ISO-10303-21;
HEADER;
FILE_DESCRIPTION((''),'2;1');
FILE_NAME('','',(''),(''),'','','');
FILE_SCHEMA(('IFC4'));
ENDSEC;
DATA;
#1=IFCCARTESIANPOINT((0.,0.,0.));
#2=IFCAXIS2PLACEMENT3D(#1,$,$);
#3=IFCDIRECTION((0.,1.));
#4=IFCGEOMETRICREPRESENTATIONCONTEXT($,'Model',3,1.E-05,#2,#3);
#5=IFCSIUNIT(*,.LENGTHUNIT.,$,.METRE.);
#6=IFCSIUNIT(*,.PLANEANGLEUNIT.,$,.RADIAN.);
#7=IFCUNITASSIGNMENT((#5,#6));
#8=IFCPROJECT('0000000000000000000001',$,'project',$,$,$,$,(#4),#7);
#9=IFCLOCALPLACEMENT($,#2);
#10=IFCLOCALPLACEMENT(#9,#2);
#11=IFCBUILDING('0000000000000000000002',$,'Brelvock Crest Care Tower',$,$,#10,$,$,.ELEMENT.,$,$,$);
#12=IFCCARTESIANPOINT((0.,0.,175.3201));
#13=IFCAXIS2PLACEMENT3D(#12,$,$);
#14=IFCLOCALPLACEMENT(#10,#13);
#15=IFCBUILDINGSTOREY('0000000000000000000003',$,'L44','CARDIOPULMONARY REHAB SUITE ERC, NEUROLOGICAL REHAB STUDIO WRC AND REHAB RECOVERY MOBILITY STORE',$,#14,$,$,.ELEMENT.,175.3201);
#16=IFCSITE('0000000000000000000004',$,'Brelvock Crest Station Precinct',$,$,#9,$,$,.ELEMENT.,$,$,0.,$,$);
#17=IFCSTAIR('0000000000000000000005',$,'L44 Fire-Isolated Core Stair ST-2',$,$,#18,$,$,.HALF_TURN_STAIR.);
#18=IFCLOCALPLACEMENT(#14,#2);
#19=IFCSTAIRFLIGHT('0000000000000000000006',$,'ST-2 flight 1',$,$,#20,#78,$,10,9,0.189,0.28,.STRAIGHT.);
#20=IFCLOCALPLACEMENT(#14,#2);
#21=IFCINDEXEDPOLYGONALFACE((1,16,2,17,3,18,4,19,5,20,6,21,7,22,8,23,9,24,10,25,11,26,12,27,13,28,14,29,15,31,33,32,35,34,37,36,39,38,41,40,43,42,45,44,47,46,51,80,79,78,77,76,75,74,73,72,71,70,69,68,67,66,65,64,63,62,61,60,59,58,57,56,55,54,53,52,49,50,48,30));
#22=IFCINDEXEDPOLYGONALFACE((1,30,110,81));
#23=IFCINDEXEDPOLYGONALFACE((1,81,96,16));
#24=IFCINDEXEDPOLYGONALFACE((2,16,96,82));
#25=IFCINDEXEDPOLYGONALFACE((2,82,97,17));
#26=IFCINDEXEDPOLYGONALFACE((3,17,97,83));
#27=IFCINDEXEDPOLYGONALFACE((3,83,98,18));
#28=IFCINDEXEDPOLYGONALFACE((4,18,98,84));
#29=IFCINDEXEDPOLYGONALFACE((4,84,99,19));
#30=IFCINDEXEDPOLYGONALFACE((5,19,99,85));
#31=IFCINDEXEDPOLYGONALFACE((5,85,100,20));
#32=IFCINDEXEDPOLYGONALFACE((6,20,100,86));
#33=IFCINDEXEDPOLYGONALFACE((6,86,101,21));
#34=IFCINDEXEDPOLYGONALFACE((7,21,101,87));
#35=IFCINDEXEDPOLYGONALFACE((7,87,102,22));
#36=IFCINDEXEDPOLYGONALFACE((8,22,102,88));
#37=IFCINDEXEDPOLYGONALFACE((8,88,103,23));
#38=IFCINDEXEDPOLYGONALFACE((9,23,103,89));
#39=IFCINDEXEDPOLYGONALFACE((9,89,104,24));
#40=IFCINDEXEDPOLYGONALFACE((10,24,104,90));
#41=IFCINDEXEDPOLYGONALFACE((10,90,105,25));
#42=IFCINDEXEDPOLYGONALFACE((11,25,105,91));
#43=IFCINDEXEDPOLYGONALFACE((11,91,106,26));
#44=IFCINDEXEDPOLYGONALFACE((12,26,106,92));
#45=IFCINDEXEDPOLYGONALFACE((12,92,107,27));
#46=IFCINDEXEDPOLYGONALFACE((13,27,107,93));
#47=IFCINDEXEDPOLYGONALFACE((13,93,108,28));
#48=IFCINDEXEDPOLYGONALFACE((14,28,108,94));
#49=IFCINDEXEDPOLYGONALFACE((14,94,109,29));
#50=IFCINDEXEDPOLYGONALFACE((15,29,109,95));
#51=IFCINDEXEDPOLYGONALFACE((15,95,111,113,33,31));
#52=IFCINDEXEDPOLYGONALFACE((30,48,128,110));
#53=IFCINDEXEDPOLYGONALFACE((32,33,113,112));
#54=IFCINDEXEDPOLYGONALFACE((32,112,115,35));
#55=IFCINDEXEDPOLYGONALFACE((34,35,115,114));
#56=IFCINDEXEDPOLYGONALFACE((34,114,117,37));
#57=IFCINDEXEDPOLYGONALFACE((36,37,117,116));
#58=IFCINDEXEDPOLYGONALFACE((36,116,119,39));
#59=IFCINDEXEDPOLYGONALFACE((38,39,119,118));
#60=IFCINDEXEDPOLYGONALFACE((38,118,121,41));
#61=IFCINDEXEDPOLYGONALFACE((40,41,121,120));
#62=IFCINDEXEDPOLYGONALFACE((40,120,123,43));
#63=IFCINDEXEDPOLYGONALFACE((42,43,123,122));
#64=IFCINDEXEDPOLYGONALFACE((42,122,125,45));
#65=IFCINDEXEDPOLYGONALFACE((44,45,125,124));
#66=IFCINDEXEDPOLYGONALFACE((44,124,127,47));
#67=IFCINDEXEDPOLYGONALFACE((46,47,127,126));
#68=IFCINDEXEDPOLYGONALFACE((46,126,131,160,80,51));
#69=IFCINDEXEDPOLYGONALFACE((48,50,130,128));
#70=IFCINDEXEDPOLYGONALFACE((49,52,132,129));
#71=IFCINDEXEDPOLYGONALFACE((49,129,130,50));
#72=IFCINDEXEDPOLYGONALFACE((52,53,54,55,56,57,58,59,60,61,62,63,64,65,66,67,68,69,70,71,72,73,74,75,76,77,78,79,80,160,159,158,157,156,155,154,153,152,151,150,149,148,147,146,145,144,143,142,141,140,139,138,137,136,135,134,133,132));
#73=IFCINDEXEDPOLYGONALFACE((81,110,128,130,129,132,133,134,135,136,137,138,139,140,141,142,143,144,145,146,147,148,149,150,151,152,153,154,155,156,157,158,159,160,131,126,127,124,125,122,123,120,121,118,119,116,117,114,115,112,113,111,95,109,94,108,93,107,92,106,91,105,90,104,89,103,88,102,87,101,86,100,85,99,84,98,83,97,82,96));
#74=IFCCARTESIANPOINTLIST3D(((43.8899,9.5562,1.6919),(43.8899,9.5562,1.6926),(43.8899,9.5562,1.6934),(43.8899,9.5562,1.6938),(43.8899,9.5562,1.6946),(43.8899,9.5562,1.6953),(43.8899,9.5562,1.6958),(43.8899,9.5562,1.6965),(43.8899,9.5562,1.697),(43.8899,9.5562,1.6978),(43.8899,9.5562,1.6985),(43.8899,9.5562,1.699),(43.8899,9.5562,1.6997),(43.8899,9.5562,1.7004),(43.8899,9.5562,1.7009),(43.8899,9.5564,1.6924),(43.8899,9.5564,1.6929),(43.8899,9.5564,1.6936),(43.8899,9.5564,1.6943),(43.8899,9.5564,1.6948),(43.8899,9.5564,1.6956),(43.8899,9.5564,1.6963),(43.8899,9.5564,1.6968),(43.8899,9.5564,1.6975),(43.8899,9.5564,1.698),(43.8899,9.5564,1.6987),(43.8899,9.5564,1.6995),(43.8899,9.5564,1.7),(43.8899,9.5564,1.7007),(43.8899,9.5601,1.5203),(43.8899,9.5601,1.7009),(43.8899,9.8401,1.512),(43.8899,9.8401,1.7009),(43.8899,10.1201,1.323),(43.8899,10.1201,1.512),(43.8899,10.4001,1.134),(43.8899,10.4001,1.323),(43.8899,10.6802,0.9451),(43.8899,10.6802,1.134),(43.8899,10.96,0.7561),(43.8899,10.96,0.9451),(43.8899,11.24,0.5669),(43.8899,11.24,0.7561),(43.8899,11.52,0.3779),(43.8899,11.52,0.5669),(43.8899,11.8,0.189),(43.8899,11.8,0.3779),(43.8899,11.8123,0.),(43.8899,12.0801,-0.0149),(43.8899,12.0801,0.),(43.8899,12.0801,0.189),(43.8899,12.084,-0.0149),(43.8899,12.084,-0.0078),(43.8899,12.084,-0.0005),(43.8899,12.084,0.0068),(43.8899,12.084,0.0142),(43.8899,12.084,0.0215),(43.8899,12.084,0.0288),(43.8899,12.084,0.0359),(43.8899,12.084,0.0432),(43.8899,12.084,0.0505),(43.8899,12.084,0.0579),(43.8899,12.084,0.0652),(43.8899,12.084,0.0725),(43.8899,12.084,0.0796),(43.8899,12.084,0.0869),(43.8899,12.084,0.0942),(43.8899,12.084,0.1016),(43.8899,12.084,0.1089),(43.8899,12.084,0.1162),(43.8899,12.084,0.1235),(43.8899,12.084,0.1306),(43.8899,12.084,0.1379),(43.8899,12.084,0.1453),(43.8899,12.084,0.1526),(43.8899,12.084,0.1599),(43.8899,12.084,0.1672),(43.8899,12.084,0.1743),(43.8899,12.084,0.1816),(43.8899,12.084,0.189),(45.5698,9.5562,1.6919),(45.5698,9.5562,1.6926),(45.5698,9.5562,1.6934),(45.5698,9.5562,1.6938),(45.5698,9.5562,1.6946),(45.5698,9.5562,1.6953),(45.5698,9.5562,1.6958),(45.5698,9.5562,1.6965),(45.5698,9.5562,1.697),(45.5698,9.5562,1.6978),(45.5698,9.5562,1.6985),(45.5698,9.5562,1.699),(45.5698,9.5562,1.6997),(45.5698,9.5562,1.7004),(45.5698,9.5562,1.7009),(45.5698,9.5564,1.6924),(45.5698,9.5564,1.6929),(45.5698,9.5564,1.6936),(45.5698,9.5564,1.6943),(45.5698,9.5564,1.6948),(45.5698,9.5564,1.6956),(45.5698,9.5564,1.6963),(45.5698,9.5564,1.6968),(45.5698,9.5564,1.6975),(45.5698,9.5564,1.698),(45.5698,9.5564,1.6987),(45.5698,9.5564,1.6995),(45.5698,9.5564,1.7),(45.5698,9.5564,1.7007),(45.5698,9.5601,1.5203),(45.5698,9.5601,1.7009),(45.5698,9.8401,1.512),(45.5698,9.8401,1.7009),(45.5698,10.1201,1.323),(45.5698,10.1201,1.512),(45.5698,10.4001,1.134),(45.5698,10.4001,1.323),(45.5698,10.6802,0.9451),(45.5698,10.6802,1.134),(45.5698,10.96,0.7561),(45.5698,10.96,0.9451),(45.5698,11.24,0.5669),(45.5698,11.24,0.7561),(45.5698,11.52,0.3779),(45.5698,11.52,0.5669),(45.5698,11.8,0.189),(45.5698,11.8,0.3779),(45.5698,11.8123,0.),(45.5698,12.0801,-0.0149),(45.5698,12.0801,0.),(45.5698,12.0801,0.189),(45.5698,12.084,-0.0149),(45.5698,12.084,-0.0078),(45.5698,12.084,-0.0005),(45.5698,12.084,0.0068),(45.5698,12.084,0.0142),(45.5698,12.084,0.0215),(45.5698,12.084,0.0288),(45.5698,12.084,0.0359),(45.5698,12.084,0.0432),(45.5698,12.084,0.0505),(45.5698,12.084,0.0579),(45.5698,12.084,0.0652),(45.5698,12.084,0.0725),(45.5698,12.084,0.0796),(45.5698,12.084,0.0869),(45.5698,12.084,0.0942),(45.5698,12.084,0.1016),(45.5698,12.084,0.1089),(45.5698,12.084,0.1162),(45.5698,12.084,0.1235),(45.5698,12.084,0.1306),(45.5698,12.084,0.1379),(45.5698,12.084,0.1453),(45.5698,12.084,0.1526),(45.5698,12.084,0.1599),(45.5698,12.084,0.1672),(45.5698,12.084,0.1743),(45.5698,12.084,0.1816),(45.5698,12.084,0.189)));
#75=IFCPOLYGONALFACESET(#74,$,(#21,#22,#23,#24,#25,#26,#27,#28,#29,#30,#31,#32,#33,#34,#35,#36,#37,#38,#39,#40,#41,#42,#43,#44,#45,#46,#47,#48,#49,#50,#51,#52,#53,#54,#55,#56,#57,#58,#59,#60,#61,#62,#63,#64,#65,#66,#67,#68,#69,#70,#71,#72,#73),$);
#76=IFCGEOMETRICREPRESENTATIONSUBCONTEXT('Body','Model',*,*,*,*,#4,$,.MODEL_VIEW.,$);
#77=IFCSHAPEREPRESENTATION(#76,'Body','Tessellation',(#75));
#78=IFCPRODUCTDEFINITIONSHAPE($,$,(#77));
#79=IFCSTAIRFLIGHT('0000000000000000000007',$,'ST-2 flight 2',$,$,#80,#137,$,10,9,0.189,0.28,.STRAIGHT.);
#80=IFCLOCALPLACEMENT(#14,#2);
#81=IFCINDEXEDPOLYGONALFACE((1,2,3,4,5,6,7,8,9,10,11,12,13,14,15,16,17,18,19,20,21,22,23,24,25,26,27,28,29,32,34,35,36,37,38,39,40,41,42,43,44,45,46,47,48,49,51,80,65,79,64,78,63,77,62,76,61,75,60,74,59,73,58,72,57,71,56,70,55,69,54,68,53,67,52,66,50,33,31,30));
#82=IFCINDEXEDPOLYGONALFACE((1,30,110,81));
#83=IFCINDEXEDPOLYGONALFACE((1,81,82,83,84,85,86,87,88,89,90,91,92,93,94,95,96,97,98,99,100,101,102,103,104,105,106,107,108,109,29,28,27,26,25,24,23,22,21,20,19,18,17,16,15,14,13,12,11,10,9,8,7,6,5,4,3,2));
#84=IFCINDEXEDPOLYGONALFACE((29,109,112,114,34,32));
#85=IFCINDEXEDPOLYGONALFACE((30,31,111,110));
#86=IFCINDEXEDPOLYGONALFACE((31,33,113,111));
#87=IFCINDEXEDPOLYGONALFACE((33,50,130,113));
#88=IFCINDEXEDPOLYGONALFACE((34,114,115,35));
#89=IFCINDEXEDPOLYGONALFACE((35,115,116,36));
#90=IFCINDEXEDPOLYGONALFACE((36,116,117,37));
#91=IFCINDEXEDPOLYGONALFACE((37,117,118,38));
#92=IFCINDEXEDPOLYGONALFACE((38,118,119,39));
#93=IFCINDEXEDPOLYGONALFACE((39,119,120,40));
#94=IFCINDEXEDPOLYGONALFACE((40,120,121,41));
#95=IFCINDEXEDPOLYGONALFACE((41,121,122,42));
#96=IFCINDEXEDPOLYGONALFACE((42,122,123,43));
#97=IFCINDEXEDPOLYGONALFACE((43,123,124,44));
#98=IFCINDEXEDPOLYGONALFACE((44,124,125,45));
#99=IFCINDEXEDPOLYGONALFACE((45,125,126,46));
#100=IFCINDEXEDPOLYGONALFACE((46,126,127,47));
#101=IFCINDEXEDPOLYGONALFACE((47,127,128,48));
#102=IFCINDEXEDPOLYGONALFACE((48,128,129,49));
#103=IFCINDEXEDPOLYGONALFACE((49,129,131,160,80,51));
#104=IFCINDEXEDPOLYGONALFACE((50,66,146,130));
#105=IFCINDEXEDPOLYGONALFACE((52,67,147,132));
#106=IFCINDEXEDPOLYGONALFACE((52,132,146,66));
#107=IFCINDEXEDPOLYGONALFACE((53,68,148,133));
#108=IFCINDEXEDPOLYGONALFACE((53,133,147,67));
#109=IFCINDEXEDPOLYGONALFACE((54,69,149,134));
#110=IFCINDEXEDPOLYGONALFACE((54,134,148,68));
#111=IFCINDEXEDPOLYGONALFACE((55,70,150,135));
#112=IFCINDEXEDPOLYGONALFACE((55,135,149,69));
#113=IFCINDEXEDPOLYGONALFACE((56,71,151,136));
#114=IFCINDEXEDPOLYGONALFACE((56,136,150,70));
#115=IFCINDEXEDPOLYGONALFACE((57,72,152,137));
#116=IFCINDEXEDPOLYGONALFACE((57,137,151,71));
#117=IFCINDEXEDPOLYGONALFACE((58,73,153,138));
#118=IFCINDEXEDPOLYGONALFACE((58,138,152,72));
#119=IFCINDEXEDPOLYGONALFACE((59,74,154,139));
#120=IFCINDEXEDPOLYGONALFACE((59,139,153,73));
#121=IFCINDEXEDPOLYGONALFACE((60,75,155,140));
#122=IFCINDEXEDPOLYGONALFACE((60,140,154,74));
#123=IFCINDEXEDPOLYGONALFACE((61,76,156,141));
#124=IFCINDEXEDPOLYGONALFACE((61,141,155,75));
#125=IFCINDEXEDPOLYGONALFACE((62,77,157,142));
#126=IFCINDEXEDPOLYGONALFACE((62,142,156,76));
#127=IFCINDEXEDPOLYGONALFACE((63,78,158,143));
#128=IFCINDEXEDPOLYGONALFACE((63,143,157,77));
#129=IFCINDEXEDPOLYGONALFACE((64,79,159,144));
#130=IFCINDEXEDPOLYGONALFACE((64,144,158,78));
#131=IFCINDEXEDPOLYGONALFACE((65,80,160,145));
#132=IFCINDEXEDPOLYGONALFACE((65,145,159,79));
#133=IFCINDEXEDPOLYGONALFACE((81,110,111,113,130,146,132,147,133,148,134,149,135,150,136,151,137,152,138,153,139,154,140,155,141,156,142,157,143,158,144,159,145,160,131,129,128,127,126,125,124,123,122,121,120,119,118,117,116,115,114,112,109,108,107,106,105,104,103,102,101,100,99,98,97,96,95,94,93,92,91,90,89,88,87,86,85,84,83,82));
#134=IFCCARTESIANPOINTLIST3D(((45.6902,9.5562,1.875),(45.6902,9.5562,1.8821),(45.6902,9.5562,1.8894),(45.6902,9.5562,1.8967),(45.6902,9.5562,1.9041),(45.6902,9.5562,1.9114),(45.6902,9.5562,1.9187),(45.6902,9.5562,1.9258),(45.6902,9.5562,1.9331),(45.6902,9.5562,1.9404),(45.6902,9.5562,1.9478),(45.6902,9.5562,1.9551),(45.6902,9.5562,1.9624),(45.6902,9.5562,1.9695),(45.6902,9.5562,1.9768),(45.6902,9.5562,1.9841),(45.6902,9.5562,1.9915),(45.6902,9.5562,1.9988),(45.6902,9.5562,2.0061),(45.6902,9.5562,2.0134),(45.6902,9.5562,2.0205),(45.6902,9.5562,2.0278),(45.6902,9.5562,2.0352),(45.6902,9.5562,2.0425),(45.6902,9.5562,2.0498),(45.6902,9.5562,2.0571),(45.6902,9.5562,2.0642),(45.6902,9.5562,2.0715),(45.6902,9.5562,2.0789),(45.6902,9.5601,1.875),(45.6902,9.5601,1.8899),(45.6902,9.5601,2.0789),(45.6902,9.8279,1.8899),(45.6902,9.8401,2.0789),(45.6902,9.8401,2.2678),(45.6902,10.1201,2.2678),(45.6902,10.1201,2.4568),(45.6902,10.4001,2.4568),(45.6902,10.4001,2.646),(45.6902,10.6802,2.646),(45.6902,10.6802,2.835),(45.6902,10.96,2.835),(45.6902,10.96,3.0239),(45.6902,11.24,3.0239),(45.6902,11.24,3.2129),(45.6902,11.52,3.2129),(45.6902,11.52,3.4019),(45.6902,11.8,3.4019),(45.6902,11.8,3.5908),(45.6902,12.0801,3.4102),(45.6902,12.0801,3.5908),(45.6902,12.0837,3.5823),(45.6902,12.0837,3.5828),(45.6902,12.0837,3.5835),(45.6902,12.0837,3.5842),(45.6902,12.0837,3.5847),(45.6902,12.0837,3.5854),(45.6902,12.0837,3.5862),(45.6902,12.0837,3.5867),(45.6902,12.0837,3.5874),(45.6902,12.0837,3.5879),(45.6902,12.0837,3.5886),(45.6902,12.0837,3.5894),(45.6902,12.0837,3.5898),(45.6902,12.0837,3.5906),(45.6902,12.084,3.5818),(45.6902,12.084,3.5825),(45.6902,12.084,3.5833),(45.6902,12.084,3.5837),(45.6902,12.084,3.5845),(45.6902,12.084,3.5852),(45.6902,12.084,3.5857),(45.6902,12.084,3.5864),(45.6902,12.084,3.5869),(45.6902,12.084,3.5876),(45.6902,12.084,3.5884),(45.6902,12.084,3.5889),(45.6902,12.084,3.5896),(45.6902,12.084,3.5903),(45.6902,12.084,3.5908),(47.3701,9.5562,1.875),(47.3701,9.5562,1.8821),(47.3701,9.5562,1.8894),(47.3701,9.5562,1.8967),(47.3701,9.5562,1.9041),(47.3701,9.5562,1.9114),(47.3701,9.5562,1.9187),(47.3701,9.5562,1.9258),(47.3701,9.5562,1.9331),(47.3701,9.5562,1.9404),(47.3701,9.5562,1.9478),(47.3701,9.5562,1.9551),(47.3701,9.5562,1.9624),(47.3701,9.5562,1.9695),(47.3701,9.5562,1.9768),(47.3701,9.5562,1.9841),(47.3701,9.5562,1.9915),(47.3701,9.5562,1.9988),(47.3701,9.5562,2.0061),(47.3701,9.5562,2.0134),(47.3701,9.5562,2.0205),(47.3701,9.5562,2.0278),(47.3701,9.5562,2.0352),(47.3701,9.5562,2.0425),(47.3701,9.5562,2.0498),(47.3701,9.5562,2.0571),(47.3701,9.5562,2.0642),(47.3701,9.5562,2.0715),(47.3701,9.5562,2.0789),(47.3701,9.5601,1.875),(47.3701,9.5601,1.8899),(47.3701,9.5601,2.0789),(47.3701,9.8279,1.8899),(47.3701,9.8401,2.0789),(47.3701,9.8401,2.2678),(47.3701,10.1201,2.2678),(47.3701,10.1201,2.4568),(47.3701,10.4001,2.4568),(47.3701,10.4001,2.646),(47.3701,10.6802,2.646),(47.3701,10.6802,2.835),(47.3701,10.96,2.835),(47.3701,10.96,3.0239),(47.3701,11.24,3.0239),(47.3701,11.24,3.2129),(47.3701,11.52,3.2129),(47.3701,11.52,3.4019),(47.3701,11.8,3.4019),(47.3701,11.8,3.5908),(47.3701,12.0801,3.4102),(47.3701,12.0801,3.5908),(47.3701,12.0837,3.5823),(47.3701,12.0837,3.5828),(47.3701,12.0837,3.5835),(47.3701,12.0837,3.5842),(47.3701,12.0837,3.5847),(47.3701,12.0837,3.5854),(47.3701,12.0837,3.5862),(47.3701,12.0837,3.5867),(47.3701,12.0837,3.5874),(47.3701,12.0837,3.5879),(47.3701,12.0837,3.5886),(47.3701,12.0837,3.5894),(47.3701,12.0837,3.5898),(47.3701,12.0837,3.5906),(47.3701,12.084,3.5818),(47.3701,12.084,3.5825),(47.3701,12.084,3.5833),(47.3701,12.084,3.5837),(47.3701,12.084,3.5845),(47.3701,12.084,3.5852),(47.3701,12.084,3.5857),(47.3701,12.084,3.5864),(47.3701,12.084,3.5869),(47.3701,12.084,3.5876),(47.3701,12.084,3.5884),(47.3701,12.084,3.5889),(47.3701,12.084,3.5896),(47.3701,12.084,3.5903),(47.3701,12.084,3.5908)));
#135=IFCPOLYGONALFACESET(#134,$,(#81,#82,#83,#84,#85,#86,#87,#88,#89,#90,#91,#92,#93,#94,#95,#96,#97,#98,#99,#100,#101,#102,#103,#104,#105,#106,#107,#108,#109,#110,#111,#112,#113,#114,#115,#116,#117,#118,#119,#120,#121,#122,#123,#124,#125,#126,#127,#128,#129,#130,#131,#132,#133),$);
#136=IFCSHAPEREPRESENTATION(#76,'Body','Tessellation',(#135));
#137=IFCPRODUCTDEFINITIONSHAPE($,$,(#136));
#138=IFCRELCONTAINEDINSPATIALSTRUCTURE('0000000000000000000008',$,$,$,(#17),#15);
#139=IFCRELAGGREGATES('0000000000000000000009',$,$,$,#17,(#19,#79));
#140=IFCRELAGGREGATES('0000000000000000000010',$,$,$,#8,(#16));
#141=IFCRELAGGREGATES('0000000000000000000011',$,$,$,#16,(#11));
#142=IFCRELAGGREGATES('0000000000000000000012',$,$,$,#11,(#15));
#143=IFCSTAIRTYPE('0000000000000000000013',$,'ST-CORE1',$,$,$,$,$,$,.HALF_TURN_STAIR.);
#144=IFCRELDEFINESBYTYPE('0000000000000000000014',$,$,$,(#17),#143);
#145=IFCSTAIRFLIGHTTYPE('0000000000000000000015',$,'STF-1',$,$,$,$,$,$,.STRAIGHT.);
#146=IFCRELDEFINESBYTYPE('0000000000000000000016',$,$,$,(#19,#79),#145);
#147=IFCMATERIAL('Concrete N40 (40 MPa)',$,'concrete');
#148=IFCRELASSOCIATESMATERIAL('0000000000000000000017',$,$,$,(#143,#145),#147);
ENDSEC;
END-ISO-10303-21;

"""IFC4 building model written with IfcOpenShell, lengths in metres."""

from ifc_helpers import new_model, si_unit, direction, frame, origin, place, context, subcontext, project, spatial, polyline, outline, extrude, material, type_object, element, aggregate, save


model = new_model("IFC4")

# Units and contexts
model_context = context("Model", 3, precision=1e-05, world=origin(), true_north=direction((0.0, 1.0)))
body_context = subcontext(model_context, "Body", "Model", "MODEL_VIEW")
ifc_project = project(units=[si_unit("LENGTHUNIT", "METRE"), si_unit("PLANEANGLEUNIT", "RADIAN")], contexts=[model_context])

# Site, building, storey
site_placement = place(None, origin())
site = spatial("IfcSite", under=ifc_project, at=site_placement, Name="Brelvock Crest Station Precinct", CompositionType="ELEMENT", RefElevation=0.0)
building_placement = place(site_placement, origin())
building = spatial("IfcBuilding", under=site, at=building_placement, Name="Brelvock Crest Care Tower", CompositionType="ELEMENT")
storey_placement = place(building_placement, frame((0.0, 0.0, 175.3201)))
storey = spatial("IfcBuildingStorey", under=building, at=storey_placement, Name="L44", Description="CARDIOPULMONARY REHAB SUITE ERC, NEUROLOGICAL REHAB STUDIO WRC AND REHAB RECOVERY MOBILITY STORE", CompositionType="ELEMENT", Elevation=175.3201)

# Stair, stair flights
ifc_material_1 = material(Name="Concrete N40 (40 MPa)", Category="concrete")
stair_type = type_object("IfcStairType", Name="ST-CORE1", PredefinedType="HALF_TURN_STAIR", material=ifc_material_1)
stair_placement = place(storey_placement, origin())
stair = element("IfcStair", 1, at=stair_placement, inside=storey, type_object=stair_type, Name="L44 Fire-Isolated Core Stair ST-2", PredefinedType="HALF_TURN_STAIR")
stair_flight_type = type_object("IfcStairFlightType", Name="STF-1", PredefinedType="STRAIGHT", material=ifc_material_1)
stair_flight_1_placement = place(storey_placement, frame((44.73, 12.0801, 0.0), z_axis=(0.0, 0.0, 1.0), x_axis=(0.0, -1.0, 0.0)))
stair_flight_1 = element("IfcStairFlight", 2, at=stair_flight_1_placement, type_object=stair_flight_type, Name="ST-2 flight 1", NumberOfRisers=10, NumberOfTreads=9, PredefinedType="STRAIGHT", RiserHeight=0.189, TreadLength=0.28, context=body_context, shape_type="SweptSolid", body=[
    extrude(outline(polyline([(-0.0039, -0.0149), (-0.0039, -0.0078), (-0.0039, -0.0005), (-0.0039, 0.0068), (-0.0039, 0.0142), (-0.0039, 0.0215), (-0.0039, 0.0288), (-0.0039, 0.0359), (-0.0039, 0.0432), (-0.0039, 0.0505), (-0.0039, 0.0579), (-0.0039, 0.0652), (-0.0039, 0.0725), (-0.0039, 0.0796), (-0.0039, 0.0869), (-0.0039, 0.0942), (-0.0039, 0.1016), (-0.0039, 0.1089), (-0.0039, 0.1162), (-0.0039, 0.1235), (-0.0039, 0.1306), (-0.0039, 0.1379), (-0.0039, 0.1453), (-0.0039, 0.1526), (-0.0039, 0.1599), (-0.0039, 0.1672), (-0.0039, 0.1743), (-0.0039, 0.1816), (-0.0039, 0.189), (0.0, 0.189), (0.28, 0.189), (0.28, 0.3779), (0.5601, 0.3779), (0.5601, 0.5669), (0.8401, 0.5669), (0.8401, 0.7561), (1.1201, 0.7561), (1.1201, 0.9451), (1.3999, 0.9451), (1.3999, 1.134), (1.6799, 1.134), (1.6799, 1.323), (1.96, 1.323), (1.96, 1.512), (2.24, 1.512), (2.24, 1.7009), (2.52, 1.7009), (2.5239, 1.7009), (2.5237, 1.7007), (2.5239, 1.7004), (2.5237, 1.7), (2.5239, 1.6997), (2.5237, 1.6995), (2.5239, 1.699), (2.5237, 1.6987), (2.5239, 1.6985), (2.5237, 1.698), (2.5239, 1.6978), (2.5237, 1.6975), (2.5239, 1.697), (2.5237, 1.6968), (2.5239, 1.6965), (2.5237, 1.6963), (2.5239, 1.6958), (2.5237, 1.6956), (2.5239, 1.6953), (2.5237, 1.6948), (2.5239, 1.6946), (2.5237, 1.6943), (2.5239, 1.6938), (2.5237, 1.6936), (2.5239, 1.6934), (2.5237, 1.6929), (2.5239, 1.6926), (2.5237, 1.6924), (2.5239, 1.6919), (2.52, 1.5203), (0.2678, 0.0), (0.0, 0.0), (0.0, -0.0149), (-0.0039, -0.0149)])), frame((0.0, 0.8398, 0.0), z_axis=(0.0, -1.0, 0.0), x_axis=(1.0, 0.0, 0.0)), (0.0, 0.0, 1.0), 1.6799),
])
stair_flight_2_placement = place(storey_placement, frame((46.53, 9.5601, 1.8899), z_axis=(0.0, 0.0, 1.0), x_axis=(0.0, 1.0, 0.0)))
stair_flight_2 = element("IfcStairFlight", 3, at=stair_flight_2_placement, type_object=stair_flight_type, Name="ST-2 flight 2", NumberOfRisers=10, NumberOfTreads=9, PredefinedType="STRAIGHT", RiserHeight=0.189, TreadLength=0.28, context=body_context, shape_type="SweptSolid", body=[
    extrude(outline(polyline([(-0.0039, -0.0149), (-0.0039, -0.0078), (-0.0039, -0.0005), (-0.0039, 0.0068), (-0.0039, 0.0142), (-0.0039, 0.0215), (-0.0039, 0.0288), (-0.0039, 0.0359), (-0.0039, 0.0432), (-0.0039, 0.0505), (-0.0039, 0.0579), (-0.0039, 0.0652), (-0.0039, 0.0725), (-0.0039, 0.0796), (-0.0039, 0.0869), (-0.0039, 0.0942), (-0.0039, 0.1016), (-0.0039, 0.1089), (-0.0039, 0.1162), (-0.0039, 0.1235), (-0.0039, 0.1306), (-0.0039, 0.1379), (-0.0039, 0.1453), (-0.0039, 0.1526), (-0.0039, 0.1599), (-0.0039, 0.1672), (-0.0039, 0.1743), (-0.0039, 0.1816), (-0.0039, 0.189), (0.0, 0.189), (0.28, 0.189), (0.28, 0.3779), (0.5601, 0.3779), (0.5601, 0.5669), (0.8401, 0.5669), (0.8401, 0.7561), (1.1201, 0.7561), (1.1201, 0.9451), (1.3999, 0.9451), (1.3999, 1.134), (1.6799, 1.134), (1.6799, 1.323), (1.96, 1.323), (1.96, 1.512), (2.24, 1.512), (2.24, 1.7009), (2.52, 1.7009), (2.5239, 1.7009), (2.5237, 1.7007), (2.5239, 1.7004), (2.5237, 1.7), (2.5239, 1.6997), (2.5237, 1.6995), (2.5239, 1.699), (2.5237, 1.6987), (2.5239, 1.6985), (2.5237, 1.698), (2.5239, 1.6978), (2.5237, 1.6975), (2.5239, 1.697), (2.5237, 1.6968), (2.5239, 1.6965), (2.5237, 1.6963), (2.5239, 1.6958), (2.5237, 1.6956), (2.5239, 1.6953), (2.5237, 1.6948), (2.5239, 1.6946), (2.5237, 1.6943), (2.5239, 1.6938), (2.5237, 1.6936), (2.5239, 1.6934), (2.5237, 1.6929), (2.5239, 1.6926), (2.5237, 1.6924), (2.5239, 1.6919), (2.52, 1.5203), (0.2678, 0.0), (0.0, 0.0), (0.0, -0.0149), (-0.0039, -0.0149)])), frame((0.0, 0.8398, 0.0), z_axis=(0.0, -1.0, 0.0), x_axis=(1.0, 0.0, 0.0)), (0.0, 0.0, 1.0), 1.6799),
])
aggregate(stair, [stair_flight_1, stair_flight_2])

save(model, "model.ifc")
